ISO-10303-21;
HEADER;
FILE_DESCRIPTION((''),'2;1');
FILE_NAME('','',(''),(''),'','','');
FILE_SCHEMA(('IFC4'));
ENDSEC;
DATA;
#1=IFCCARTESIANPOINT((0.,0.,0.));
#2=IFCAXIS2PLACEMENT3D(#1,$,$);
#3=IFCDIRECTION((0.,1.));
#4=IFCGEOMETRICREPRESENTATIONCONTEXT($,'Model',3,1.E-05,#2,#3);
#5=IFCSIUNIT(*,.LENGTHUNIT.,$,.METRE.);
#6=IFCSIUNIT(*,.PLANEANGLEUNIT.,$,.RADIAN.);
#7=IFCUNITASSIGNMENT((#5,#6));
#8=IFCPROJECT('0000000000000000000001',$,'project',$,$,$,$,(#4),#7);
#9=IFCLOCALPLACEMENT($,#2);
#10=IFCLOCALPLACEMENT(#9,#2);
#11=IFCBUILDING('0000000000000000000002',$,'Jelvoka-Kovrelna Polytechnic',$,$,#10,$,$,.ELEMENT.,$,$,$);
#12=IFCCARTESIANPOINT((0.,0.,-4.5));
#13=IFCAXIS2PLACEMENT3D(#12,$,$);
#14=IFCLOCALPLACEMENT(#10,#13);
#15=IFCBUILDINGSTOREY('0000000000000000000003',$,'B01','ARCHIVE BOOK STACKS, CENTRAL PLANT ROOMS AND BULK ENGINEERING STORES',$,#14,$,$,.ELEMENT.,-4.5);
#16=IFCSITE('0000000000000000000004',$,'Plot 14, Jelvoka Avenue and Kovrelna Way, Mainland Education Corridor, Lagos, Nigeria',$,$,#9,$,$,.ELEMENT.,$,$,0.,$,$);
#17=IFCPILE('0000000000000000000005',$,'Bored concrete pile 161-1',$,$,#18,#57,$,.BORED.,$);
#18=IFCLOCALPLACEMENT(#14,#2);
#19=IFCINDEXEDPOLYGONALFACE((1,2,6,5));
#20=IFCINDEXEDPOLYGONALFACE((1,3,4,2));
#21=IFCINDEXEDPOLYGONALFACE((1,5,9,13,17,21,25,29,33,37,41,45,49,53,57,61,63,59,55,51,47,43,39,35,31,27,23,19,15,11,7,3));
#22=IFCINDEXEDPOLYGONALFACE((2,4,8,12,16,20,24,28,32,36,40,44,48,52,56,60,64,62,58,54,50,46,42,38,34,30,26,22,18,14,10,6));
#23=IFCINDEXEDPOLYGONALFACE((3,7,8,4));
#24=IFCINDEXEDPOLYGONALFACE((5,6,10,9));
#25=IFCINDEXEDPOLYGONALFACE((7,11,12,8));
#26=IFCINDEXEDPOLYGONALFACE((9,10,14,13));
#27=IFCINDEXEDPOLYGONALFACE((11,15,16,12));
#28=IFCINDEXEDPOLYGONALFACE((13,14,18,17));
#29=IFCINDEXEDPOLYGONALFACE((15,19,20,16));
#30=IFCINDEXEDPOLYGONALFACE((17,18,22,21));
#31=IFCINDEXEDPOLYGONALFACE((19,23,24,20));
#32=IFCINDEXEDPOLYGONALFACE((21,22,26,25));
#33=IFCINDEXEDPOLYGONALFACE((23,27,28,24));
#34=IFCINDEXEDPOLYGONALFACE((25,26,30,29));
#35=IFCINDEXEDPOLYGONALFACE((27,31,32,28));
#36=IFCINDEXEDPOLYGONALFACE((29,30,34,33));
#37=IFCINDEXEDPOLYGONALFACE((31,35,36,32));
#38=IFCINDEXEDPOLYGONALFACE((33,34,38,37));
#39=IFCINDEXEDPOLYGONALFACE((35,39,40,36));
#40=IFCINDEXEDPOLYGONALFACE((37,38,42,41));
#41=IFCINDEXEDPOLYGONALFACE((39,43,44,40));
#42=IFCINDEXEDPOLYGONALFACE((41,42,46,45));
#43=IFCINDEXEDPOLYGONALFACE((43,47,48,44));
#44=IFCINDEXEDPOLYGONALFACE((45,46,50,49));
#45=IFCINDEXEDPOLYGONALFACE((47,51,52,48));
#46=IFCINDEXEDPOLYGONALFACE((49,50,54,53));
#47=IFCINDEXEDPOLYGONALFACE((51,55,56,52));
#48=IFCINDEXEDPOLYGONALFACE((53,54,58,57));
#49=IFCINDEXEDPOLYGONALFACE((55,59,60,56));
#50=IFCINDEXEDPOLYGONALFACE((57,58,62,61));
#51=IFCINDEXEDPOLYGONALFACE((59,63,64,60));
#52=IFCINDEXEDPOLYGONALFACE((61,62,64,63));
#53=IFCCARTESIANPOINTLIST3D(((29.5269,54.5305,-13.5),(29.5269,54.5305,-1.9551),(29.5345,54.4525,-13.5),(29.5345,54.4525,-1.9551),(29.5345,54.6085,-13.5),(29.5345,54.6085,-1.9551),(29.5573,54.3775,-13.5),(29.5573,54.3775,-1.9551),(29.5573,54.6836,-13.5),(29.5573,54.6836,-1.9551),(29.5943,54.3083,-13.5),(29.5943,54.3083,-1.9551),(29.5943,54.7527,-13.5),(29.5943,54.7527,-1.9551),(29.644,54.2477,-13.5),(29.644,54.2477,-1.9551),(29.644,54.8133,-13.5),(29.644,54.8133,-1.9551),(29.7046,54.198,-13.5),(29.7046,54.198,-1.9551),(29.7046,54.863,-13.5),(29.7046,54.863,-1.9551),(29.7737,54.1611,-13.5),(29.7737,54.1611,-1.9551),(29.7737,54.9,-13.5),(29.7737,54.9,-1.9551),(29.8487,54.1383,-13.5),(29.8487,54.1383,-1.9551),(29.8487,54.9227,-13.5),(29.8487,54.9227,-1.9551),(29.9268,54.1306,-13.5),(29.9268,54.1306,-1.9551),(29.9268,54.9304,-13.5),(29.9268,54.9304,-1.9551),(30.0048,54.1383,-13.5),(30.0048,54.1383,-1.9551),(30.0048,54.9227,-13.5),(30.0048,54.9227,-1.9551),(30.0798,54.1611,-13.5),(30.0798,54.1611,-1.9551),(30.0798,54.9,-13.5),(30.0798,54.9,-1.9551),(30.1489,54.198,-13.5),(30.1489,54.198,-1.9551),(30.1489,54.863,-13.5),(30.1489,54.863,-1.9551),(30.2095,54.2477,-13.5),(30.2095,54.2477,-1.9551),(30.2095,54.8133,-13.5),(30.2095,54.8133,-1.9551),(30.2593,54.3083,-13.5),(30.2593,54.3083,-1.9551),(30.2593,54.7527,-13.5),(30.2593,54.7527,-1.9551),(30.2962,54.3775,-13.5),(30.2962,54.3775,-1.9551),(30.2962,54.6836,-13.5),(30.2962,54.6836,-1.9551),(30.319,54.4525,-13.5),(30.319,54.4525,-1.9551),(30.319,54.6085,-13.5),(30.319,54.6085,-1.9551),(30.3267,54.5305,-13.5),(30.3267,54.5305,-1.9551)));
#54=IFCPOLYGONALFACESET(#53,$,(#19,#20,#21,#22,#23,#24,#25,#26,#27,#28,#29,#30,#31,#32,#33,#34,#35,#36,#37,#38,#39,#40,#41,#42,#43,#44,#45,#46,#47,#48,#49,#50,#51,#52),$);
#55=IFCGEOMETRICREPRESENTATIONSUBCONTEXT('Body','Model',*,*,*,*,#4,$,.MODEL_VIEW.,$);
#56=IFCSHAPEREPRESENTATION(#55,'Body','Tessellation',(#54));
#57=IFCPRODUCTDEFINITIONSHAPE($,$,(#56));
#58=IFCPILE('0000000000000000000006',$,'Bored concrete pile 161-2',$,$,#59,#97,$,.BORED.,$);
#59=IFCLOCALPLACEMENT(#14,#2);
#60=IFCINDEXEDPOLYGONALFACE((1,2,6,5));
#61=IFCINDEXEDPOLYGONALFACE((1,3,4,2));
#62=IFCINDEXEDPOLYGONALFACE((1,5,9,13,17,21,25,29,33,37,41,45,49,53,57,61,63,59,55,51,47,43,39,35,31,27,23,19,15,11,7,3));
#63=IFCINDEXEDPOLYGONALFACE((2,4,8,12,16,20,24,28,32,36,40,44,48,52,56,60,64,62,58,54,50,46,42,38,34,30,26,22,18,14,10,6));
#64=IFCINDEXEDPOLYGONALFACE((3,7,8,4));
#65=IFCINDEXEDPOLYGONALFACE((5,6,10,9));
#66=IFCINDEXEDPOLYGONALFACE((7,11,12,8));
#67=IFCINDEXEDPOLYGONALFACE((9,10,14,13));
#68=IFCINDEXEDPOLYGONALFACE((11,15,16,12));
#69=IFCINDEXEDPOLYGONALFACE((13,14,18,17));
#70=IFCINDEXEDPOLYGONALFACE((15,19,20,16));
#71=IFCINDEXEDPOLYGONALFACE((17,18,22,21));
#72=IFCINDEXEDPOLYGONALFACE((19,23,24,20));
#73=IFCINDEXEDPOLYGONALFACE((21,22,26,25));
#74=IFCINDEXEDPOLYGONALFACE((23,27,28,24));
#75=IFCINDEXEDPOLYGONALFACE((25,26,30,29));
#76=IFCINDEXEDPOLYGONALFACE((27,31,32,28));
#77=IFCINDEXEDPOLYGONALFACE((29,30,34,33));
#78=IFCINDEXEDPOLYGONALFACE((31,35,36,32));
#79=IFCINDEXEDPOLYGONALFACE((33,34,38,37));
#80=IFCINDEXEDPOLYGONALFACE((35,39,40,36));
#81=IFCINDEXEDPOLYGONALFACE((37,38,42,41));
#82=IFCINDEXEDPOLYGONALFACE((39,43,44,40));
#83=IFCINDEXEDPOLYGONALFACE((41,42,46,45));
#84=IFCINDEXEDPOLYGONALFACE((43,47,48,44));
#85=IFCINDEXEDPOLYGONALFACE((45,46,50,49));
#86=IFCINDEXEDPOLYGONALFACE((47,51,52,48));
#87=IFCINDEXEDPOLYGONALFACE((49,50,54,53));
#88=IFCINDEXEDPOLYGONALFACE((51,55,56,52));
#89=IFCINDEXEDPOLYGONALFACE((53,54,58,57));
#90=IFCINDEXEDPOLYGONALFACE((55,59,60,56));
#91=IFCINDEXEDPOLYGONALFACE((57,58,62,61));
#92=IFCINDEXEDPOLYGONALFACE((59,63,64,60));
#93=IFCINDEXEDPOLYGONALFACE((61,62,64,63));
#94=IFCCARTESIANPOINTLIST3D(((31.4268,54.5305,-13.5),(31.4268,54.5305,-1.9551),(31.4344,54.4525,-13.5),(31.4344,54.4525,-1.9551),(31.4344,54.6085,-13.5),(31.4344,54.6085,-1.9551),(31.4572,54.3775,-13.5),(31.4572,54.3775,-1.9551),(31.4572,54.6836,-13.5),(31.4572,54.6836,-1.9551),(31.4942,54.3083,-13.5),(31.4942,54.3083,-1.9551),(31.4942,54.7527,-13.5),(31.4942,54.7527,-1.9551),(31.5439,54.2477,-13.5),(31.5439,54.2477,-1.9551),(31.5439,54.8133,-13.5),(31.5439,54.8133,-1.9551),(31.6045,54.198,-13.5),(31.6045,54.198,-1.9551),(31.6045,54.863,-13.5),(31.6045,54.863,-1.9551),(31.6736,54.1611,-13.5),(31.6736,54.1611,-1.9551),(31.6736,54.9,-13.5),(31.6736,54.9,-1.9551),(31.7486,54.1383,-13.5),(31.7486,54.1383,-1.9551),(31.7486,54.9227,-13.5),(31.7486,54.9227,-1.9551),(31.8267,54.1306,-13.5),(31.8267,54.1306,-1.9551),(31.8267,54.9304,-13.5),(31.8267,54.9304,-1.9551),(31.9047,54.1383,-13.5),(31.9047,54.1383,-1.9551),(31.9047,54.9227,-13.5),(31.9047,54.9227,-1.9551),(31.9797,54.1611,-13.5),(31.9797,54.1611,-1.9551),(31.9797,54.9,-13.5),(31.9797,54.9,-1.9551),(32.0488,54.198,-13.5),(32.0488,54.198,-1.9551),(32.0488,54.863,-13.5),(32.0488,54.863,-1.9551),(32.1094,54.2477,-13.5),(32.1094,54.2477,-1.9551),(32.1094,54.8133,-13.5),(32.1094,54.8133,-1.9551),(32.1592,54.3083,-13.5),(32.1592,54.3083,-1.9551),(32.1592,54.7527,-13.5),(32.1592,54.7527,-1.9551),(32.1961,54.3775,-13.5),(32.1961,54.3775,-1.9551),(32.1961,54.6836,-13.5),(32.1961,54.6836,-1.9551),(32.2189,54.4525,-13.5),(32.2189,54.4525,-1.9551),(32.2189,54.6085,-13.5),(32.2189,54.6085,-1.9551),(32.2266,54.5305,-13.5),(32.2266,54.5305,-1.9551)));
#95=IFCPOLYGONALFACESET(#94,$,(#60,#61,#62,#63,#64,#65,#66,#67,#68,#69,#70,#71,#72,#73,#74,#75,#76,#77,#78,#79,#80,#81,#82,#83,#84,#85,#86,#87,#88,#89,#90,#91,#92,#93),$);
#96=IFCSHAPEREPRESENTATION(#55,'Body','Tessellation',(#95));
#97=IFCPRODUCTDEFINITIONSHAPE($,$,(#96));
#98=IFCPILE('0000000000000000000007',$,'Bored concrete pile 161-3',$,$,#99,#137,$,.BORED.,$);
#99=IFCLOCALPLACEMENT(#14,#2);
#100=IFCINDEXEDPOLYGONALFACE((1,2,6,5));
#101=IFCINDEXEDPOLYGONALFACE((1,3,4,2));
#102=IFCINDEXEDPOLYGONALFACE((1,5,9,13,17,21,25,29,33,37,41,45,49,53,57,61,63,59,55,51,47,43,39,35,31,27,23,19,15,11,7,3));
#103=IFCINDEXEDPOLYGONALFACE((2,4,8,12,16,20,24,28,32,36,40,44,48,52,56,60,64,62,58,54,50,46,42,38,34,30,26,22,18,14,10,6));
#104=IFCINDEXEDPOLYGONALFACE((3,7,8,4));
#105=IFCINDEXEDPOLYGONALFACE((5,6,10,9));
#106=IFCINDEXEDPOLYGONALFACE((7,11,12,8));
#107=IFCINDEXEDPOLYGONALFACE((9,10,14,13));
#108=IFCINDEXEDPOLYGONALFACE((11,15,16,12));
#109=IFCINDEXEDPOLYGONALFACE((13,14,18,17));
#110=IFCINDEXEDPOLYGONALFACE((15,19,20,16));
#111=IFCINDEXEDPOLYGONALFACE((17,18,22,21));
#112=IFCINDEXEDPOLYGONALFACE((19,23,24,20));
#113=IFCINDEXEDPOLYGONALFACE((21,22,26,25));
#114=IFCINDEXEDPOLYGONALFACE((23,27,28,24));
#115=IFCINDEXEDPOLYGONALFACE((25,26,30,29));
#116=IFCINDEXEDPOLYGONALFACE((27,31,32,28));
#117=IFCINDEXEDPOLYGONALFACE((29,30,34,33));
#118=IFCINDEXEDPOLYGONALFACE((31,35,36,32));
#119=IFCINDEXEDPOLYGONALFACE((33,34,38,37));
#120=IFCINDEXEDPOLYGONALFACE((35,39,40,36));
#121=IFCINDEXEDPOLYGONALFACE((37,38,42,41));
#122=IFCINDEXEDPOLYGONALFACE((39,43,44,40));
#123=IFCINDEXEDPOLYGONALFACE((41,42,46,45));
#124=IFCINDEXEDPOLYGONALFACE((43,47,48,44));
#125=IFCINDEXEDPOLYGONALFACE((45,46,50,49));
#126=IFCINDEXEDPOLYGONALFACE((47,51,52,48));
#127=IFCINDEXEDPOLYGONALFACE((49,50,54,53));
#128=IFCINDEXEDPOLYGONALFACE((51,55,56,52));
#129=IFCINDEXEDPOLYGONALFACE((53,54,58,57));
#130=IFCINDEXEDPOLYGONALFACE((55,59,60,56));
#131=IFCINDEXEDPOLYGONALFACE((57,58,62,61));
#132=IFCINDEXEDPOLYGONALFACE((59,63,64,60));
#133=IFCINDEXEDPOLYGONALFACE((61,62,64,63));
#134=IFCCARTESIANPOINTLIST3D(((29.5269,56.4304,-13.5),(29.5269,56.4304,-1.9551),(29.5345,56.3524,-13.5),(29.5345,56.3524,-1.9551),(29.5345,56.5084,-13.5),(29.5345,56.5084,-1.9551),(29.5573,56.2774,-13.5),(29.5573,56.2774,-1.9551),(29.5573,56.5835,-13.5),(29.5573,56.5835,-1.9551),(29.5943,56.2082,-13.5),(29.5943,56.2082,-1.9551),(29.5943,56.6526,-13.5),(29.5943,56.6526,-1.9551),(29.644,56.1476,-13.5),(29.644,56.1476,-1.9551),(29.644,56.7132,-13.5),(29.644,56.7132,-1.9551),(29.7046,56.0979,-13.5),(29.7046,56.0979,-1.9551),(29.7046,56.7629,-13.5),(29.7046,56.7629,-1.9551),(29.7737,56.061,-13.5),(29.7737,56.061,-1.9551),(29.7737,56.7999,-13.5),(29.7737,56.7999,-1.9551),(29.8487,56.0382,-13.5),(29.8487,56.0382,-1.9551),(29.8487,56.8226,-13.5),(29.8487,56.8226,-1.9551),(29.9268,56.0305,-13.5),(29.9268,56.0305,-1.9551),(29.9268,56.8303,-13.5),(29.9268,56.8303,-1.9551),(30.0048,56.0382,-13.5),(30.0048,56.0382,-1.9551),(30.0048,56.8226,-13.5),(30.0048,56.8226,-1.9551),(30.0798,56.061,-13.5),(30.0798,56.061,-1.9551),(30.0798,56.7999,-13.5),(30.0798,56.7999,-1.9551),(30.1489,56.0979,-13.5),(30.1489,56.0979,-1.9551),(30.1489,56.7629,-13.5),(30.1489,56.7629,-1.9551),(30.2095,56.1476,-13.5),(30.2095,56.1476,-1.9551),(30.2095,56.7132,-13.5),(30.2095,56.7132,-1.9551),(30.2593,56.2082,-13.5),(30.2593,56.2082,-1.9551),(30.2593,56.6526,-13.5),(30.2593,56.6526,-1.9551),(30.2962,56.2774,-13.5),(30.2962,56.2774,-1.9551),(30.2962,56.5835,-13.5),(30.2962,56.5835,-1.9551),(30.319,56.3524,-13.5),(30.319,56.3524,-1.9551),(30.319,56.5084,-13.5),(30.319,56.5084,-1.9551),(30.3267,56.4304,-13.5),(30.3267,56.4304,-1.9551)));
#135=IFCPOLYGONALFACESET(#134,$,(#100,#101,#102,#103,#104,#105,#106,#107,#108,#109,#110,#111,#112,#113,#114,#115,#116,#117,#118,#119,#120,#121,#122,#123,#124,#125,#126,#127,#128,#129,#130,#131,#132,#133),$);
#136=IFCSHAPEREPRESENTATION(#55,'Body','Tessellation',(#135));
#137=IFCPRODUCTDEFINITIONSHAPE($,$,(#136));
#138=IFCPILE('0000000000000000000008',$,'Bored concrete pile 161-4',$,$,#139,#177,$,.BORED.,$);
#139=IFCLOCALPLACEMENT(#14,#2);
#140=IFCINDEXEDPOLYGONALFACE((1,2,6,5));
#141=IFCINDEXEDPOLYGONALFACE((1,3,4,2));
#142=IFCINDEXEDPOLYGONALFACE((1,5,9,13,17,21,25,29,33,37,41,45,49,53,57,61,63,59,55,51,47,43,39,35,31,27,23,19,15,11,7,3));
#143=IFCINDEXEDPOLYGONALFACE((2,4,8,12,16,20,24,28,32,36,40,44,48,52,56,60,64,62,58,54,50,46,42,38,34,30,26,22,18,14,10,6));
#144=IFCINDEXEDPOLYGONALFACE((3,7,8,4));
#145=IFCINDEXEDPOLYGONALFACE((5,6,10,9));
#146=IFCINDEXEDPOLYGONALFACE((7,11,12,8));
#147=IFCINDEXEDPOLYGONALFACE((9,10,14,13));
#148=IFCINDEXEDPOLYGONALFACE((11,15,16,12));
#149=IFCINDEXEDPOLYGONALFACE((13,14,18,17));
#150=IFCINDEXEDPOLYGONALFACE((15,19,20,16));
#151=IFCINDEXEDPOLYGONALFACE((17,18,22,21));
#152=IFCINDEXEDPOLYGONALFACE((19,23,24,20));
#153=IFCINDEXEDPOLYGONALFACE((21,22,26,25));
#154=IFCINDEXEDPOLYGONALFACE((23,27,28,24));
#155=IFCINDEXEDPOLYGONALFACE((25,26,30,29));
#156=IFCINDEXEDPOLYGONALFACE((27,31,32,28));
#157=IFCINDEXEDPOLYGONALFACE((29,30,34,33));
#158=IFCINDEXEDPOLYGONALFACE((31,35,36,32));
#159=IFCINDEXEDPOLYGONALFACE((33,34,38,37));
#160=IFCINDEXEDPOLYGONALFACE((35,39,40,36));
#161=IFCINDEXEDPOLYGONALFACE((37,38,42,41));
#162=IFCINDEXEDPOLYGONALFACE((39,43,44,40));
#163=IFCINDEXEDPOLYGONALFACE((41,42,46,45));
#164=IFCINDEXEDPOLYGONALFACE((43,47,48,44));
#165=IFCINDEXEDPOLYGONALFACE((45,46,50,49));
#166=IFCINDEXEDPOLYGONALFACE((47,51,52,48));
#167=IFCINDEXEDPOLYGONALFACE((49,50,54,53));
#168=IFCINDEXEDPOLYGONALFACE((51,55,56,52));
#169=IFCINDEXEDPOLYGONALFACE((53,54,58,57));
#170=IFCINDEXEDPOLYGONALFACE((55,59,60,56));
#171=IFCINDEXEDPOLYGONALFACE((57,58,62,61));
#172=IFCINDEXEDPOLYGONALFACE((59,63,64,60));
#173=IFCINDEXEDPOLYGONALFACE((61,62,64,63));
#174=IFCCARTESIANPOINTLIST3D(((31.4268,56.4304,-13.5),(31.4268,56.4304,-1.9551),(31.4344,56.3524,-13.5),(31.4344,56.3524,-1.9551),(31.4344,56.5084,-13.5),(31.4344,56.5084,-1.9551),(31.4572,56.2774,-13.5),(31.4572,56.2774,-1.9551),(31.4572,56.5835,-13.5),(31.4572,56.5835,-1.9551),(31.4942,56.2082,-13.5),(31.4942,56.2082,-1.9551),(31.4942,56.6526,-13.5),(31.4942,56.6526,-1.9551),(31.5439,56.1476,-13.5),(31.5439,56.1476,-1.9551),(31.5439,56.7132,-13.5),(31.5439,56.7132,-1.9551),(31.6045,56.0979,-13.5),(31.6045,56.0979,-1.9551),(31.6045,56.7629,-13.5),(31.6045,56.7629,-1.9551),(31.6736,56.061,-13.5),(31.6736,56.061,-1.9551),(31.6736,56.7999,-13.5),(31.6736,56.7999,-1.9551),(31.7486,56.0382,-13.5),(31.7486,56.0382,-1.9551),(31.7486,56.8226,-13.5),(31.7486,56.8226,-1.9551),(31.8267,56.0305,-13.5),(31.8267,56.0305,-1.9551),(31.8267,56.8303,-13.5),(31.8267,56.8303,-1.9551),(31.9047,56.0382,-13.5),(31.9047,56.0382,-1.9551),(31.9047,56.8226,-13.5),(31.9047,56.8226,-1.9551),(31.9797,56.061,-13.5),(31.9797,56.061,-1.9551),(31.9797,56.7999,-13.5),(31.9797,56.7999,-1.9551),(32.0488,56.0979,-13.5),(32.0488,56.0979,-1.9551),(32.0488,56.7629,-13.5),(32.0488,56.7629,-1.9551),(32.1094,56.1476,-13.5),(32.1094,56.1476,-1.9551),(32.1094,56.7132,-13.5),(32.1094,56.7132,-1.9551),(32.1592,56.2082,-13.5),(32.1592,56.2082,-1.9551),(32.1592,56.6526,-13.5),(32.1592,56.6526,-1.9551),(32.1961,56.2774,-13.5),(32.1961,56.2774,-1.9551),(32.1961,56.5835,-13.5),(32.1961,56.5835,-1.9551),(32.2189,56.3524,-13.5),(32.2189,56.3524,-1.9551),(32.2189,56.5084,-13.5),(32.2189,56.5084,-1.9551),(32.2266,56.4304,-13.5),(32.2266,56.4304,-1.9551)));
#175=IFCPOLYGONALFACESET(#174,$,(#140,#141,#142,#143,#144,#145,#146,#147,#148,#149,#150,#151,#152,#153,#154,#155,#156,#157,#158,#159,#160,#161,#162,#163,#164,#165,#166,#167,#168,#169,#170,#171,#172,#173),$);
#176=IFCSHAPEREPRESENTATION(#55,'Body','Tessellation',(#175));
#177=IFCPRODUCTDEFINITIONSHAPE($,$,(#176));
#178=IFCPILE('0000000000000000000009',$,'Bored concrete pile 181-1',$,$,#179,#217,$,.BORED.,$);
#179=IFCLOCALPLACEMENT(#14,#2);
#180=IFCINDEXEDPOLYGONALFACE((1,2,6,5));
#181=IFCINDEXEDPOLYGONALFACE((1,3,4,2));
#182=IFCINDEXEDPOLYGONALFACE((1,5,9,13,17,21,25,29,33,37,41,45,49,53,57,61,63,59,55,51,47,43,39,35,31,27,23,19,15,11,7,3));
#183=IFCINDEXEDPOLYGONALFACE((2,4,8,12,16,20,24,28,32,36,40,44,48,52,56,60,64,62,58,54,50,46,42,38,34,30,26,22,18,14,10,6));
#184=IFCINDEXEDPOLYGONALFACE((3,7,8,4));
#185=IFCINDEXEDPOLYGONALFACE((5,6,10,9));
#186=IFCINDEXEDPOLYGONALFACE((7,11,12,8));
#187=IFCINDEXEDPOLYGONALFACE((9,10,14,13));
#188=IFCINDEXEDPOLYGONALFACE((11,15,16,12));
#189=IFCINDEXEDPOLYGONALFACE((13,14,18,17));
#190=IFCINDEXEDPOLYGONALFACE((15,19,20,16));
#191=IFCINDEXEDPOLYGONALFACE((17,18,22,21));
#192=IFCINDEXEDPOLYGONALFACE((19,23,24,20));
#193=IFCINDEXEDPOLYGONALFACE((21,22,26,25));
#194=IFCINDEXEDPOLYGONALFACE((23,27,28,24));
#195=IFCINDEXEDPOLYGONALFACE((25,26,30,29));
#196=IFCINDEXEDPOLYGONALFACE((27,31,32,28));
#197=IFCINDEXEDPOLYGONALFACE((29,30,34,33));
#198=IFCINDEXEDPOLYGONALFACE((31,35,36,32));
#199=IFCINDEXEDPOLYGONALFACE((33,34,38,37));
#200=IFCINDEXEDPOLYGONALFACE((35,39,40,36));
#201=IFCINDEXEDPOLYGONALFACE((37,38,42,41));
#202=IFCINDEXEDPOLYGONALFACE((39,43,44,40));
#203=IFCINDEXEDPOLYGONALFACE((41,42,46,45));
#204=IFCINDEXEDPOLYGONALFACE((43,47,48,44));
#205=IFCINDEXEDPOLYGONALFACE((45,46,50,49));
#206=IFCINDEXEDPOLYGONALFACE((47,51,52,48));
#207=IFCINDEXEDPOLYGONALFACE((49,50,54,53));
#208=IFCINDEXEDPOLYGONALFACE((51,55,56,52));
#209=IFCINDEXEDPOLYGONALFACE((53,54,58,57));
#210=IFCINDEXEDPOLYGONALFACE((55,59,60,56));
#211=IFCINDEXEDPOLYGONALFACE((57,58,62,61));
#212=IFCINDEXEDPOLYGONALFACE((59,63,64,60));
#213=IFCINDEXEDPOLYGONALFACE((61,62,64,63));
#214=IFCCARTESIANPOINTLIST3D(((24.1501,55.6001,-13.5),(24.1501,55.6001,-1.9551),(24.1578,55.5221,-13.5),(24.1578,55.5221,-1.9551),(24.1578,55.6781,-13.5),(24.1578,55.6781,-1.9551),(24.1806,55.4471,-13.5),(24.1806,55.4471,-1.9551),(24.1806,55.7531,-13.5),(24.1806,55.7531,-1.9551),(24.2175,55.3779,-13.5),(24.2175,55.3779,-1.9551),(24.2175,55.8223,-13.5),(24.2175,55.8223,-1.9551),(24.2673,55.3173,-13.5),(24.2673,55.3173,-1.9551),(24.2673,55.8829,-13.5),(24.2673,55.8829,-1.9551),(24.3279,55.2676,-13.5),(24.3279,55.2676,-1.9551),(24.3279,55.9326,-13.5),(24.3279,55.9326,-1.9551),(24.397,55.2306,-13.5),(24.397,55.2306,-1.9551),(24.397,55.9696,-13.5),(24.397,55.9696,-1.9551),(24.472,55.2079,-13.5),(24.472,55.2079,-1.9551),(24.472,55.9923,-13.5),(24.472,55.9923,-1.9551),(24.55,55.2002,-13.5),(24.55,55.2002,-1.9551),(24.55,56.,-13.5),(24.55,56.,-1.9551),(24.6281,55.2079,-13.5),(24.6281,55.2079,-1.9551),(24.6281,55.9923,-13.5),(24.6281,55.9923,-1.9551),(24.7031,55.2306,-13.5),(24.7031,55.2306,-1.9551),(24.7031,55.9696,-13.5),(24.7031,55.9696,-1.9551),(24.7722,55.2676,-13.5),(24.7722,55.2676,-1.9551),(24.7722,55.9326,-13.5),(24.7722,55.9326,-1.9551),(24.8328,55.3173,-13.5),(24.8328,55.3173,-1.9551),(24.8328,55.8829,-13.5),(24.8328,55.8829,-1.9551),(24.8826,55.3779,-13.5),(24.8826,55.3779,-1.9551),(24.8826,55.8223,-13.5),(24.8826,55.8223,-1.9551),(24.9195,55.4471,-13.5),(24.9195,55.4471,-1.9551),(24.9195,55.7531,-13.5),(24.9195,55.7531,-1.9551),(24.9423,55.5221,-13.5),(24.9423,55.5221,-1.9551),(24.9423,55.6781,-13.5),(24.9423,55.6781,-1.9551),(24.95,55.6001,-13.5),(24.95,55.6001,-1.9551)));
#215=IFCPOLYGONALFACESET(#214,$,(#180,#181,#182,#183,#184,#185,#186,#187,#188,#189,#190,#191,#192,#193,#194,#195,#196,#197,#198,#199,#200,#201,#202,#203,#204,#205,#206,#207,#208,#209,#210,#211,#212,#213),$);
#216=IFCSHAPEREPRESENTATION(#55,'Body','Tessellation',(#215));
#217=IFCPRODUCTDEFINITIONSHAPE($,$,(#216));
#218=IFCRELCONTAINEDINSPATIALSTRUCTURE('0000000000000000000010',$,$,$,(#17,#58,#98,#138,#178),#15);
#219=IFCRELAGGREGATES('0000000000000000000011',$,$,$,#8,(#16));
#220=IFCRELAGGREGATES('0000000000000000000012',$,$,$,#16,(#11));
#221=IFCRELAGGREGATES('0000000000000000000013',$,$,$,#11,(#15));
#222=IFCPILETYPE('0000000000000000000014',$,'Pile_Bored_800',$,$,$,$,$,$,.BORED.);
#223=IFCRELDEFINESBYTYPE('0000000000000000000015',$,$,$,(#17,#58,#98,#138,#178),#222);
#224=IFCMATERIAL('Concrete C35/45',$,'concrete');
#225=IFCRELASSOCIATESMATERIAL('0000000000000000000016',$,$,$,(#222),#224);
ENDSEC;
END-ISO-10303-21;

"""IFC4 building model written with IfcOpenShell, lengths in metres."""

from ifc_helpers import new_model, si_unit, direction, frame, origin, origin_2d, place, context, subcontext, project, spatial, circle, extrude, material, material_profile, profile_set, type_object, element, save


model = new_model("IFC4")

# Units and contexts
model_context = context("Model", 3, precision=1e-05, world=origin(), true_north=direction((0.0, 1.0)))
body_context = subcontext(model_context, "Body", "Model", "MODEL_VIEW")
ifc_project = project(units=[si_unit("LENGTHUNIT", "METRE"), si_unit("PLANEANGLEUNIT", "RADIAN")], contexts=[model_context])

# Site, building, storey
site_placement = place(None, origin())
site = spatial("IfcSite", under=ifc_project, at=site_placement, Name="Plot 14, Jelvoka Avenue and Kovrelna Way, Mainland Education Corridor, Lagos, Nigeria", CompositionType="ELEMENT", RefElevation=0.0)
building_placement = place(site_placement, origin())
building = spatial("IfcBuilding", under=site, at=building_placement, Name="Jelvoka-Kovrelna Polytechnic", CompositionType="ELEMENT")
storey_placement = place(building_placement, frame((0.0, 0.0, -4.5)))
storey = spatial("IfcBuildingStorey", under=building, at=storey_placement, Name="B01", Description="ARCHIVE BOOK STACKS, CENTRAL PLANT ROOMS AND BULK ENGINEERING STORES", CompositionType="ELEMENT", Elevation=-4.5)

# Piles
ifc_material_1 = material(Name="Concrete C35/45", Category="concrete")
ifc_material_profile_1 = material_profile(ifc_material_1, circle(Radius=0.3999, at=origin_2d()), Name="PILE D800")
ifc_profile_set_1 = profile_set([ifc_material_profile_1], Name="Concrete C35/45")
pile_type = type_object("IfcPileType", Name="Pile_Bored_800", PredefinedType="BORED", material=ifc_profile_set_1)
for number, where, z_axis, x_axis, name in (
    (1, (29.9268, 54.5305, -1.9551), (0.0, 0.0, -1.0), (1.0, 0.0, 0.0), "Bored concrete pile 161-1"),
    (2, (31.8267, 54.5305, -1.9551), (0.0, 0.0, -1.0), (1.0, 0.0, 0.0), "Bored concrete pile 161-2"),
    (3, (29.9268, 56.4304, -1.9551), (0.0, 0.0, -1.0), (1.0, 0.0, 0.0), "Bored concrete pile 161-3"),
    (4, (31.8267, 56.4304, -1.9551), (0.0, 0.0, -1.0), (1.0, 0.0, 0.0), "Bored concrete pile 161-4"),
    (5, (24.55, 55.6001, -1.9551), (0.0, 0.0, -1.0), (1.0, 0.0, 0.0), "Bored concrete pile 181-1"),
):
    element("IfcPile", number, at=place(storey_placement, frame(where, z_axis=z_axis, x_axis=x_axis)), inside=storey, type_object=pile_type, Name=name, PredefinedType="BORED", context=body_context, shape_type="SweptSolid", body=[
        extrude(circle(Radius=0.3999, at=origin_2d()), origin(), (0.0, 0.0, 1.0), 11.5449),
    ])

save(model, "model.ifc")
